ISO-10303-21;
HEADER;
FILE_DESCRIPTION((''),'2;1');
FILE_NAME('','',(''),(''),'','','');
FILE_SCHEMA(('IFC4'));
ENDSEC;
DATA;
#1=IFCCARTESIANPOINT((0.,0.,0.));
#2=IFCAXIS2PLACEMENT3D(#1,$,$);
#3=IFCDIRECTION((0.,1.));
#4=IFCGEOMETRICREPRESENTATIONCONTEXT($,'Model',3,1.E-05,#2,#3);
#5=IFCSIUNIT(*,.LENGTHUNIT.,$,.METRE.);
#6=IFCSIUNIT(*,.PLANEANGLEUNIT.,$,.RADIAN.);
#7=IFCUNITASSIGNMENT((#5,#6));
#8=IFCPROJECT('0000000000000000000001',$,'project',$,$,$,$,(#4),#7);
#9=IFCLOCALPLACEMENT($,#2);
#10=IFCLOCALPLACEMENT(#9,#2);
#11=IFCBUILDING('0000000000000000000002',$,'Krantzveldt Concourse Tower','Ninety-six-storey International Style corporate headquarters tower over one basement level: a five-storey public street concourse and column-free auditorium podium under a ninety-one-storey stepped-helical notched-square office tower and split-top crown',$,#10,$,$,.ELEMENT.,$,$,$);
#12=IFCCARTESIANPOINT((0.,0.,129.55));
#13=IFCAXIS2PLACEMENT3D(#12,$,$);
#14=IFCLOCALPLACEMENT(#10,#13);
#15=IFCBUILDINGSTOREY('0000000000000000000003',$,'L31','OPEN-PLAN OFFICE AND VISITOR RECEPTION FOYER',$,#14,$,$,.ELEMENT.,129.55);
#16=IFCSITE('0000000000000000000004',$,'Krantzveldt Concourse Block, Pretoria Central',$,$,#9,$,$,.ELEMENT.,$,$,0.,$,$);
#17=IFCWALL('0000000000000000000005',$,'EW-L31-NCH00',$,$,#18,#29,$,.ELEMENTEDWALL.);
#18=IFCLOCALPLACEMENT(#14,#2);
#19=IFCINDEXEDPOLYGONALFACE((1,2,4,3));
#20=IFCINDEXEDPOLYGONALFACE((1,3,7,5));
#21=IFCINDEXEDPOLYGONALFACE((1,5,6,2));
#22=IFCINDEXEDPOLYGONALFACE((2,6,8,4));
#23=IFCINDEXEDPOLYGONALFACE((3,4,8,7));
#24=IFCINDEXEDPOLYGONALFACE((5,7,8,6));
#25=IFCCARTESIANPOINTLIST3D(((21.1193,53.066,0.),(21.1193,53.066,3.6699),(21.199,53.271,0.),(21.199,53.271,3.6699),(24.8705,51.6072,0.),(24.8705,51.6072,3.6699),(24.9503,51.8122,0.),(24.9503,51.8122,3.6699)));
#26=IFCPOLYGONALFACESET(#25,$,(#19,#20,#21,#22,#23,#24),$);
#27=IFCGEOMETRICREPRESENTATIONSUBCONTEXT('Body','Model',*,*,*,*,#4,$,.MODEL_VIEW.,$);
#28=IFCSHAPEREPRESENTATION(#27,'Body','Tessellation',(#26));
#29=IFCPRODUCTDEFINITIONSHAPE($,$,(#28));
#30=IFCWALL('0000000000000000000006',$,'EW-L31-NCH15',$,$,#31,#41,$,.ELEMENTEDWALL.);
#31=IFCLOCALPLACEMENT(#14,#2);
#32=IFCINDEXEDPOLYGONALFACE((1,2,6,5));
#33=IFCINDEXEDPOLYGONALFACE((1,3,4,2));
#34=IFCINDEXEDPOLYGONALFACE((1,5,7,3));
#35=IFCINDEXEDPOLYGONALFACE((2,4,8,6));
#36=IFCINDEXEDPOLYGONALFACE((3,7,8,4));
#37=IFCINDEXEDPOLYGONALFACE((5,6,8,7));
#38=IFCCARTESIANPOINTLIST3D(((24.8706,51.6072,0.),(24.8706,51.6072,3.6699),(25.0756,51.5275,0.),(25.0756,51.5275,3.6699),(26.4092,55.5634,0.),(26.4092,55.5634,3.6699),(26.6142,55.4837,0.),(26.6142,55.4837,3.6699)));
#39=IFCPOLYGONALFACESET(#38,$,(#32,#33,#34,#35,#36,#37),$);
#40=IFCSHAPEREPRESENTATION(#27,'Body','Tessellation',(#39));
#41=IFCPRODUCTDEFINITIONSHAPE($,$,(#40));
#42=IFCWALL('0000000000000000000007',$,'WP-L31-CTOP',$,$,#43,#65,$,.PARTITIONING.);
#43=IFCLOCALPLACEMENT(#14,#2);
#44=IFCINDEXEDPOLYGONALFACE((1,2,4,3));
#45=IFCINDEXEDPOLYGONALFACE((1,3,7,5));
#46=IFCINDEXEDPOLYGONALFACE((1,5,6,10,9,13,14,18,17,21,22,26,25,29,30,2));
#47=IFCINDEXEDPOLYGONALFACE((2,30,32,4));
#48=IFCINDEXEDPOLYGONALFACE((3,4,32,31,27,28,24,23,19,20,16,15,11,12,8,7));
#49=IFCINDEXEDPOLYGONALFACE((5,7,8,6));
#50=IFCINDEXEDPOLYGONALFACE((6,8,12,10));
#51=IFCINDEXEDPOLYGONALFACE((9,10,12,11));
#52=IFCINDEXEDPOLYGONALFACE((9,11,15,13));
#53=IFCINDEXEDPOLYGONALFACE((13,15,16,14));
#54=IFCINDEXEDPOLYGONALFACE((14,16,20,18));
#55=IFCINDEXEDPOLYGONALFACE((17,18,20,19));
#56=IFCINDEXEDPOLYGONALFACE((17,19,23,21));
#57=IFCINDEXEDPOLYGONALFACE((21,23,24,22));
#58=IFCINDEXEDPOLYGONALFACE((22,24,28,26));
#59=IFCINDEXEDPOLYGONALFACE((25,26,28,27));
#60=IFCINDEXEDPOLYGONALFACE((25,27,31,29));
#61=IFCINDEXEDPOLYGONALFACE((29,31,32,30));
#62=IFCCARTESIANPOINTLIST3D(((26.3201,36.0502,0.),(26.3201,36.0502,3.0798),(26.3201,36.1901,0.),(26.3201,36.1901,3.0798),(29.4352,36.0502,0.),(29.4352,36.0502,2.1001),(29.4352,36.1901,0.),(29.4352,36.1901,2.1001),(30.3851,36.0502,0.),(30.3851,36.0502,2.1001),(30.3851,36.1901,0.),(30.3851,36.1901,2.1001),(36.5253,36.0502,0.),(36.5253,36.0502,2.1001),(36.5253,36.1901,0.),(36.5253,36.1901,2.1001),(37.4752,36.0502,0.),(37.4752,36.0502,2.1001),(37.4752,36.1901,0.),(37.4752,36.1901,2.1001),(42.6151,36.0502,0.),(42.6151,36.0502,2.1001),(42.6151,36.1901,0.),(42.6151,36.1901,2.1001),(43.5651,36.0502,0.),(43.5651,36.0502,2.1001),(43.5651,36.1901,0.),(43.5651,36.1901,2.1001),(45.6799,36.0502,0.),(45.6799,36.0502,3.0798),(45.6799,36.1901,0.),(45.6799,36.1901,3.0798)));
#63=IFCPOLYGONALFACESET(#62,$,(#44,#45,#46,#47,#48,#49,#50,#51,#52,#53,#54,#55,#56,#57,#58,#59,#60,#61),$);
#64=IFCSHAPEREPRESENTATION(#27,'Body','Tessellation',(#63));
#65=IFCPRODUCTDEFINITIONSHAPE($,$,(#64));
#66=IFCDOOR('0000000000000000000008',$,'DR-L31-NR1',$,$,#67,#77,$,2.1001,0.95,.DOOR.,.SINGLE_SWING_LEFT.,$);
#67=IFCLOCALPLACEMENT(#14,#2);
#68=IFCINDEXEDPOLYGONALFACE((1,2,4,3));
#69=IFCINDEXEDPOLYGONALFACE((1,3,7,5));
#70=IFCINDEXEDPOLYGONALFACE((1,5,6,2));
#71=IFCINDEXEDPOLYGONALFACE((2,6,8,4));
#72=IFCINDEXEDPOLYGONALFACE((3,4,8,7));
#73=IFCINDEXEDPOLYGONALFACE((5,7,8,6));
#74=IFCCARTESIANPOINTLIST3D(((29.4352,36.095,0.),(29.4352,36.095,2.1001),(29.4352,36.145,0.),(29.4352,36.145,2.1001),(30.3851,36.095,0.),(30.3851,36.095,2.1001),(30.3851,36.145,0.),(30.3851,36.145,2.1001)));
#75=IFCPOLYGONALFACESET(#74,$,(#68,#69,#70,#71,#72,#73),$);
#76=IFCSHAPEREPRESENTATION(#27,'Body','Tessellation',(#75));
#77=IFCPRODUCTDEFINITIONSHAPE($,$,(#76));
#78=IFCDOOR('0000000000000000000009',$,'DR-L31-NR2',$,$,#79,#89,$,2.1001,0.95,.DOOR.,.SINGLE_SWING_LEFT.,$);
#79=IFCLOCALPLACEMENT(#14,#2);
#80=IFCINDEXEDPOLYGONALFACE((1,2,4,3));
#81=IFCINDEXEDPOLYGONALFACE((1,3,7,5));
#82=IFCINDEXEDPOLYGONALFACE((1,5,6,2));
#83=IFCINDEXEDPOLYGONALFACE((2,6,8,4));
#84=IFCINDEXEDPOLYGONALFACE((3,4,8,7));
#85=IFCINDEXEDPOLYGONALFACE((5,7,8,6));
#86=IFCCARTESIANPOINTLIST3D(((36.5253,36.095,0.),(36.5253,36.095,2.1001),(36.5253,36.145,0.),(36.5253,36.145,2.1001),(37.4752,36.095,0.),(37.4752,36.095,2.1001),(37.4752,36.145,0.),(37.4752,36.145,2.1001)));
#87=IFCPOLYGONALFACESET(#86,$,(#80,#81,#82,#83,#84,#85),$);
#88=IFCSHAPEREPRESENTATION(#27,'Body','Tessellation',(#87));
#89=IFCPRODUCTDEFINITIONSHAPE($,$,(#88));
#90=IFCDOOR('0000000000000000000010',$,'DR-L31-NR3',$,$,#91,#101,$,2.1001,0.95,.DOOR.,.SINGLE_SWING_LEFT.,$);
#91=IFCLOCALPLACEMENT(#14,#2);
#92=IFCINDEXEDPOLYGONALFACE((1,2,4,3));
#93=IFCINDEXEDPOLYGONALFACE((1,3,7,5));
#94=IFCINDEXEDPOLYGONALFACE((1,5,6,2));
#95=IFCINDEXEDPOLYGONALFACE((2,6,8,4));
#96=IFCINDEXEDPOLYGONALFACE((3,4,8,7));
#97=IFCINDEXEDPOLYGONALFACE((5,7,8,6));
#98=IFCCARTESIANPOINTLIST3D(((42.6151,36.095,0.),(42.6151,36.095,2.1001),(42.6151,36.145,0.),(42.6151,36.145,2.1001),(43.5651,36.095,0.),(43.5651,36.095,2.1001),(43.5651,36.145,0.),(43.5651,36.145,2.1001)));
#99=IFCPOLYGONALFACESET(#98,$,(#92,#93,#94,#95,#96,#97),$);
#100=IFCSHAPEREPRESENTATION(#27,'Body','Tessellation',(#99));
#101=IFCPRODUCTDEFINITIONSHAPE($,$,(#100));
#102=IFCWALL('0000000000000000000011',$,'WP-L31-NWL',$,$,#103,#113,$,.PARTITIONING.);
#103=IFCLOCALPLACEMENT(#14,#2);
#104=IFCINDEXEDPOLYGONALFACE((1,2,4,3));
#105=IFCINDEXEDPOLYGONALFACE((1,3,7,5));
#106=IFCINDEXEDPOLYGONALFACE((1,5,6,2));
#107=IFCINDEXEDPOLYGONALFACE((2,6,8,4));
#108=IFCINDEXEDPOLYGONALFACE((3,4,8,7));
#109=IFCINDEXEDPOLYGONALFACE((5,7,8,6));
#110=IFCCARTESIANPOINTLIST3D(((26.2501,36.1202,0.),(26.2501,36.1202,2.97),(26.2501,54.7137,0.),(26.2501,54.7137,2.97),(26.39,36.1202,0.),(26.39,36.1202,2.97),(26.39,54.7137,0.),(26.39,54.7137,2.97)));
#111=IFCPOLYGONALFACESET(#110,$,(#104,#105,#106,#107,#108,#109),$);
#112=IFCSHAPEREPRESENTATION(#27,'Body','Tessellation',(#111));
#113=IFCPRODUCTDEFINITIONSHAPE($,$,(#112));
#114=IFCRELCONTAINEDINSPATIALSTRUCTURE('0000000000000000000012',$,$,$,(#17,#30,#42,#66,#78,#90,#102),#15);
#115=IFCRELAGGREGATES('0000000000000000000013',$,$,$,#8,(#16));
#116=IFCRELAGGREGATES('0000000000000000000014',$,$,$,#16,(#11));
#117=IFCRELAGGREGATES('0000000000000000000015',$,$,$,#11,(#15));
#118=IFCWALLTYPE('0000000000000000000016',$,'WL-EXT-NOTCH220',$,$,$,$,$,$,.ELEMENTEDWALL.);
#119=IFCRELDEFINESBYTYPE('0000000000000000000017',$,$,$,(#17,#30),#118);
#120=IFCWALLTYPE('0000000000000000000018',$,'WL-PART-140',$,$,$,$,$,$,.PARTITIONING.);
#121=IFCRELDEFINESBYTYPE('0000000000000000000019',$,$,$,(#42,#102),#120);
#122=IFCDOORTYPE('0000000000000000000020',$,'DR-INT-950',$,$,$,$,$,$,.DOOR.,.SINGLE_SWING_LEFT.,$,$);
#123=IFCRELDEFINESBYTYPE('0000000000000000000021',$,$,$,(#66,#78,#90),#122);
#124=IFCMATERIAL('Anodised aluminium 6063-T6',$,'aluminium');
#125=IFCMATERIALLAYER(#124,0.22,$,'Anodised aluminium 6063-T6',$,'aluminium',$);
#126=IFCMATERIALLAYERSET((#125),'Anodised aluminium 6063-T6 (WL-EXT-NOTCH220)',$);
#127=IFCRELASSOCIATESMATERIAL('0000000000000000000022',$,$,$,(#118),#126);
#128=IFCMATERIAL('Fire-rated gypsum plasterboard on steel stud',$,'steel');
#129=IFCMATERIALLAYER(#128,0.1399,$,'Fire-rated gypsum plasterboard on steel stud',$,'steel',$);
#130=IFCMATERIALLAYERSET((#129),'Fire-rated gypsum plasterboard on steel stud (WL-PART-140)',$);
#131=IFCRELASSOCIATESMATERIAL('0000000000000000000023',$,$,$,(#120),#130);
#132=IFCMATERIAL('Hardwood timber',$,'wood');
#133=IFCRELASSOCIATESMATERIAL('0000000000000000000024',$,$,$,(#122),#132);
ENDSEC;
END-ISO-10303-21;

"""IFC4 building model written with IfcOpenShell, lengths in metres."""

from ifc_helpers import new_model, si_unit, direction, frame, frame_2d, origin, place, context, subcontext, project, spatial, rectangle, extrude, material, layer, layer_set, type_object, element, fill, save


model = new_model("IFC4")

# Units and contexts
model_context = context("Model", 3, precision=1e-05, world=origin(), true_north=direction((0.0, 1.0)))
body_context = subcontext(model_context, "Body", "Model", "MODEL_VIEW")
ifc_project = project(units=[si_unit("LENGTHUNIT", "METRE"), si_unit("PLANEANGLEUNIT", "RADIAN")], contexts=[model_context])

# Site, building, storey
site_placement = place(None, origin())
site = spatial("IfcSite", under=ifc_project, at=site_placement, Name="Krantzveldt Concourse Block, Pretoria Central", CompositionType="ELEMENT", RefElevation=0.0)
building_placement = place(site_placement, origin())
building = spatial("IfcBuilding", under=site, at=building_placement, Name="Krantzveldt Concourse Tower", Description="Ninety-six-storey International Style corporate headquarters tower over one basement level: a five-storey public street concourse and column-free auditorium podium under a ninety-one-storey stepped-helical notched-square office tower and split-top crown", CompositionType="ELEMENT")
storey_placement = place(building_placement, frame((0.0, 0.0, 129.55)))
storey = spatial("IfcBuildingStorey", under=building, at=storey_placement, Name="L31", Description="OPEN-PLAN OFFICE AND VISITOR RECEPTION FOYER", CompositionType="ELEMENT", Elevation=129.55)

# Shared definitions
ifc_material_1 = material(Name="Anodised aluminium 6063-T6", Category="aluminium")

# Walls
ifc_layer_1 = layer(ifc_material_1, 0.22, Name="Anodised aluminium 6063-T6", Category="aluminium")
ifc_layer_set_1 = layer_set([ifc_layer_1], Name="Anodised aluminium 6063-T6 (WL-EXT-NOTCH220)")
wall_type_1 = type_object("IfcWallType", Name="WL-EXT-NOTCH220", PredefinedType="ELEMENTEDWALL", material=ifc_layer_set_1)
wall_1_placement = place(storey_placement, frame((24.9104, 51.7097, 0.0), z_axis=(0.0, 0.0, 1.0), x_axis=(-0.93201, 0.362432, 0.0)))
element("IfcWall", 1, at=wall_1_placement, inside=storey, type_object=wall_type_1, Name="EW-L31-NCH00", PredefinedType="ELEMENTEDWALL", context=body_context, shape_type="SweptSolid", body=[
    extrude(rectangle(XDim=4.0249, YDim=0.22, at=frame_2d((2.0125, 0.0))), origin(), (0.0, 0.0, 1.0), 3.6699),
])
wall_2_placement = place(storey_placement, frame((26.5117, 55.5237, 0.0), z_axis=(0.0, 0.0, 1.0), x_axis=(-0.362449, -0.932004, 0.0)))
element("IfcWall", 2, at=wall_2_placement, inside=storey, type_object=wall_type_1, Name="EW-L31-NCH15", PredefinedType="ELEMENTEDWALL", context=body_context, shape_type="SweptSolid", body=[
    extrude(rectangle(XDim=4.2449, YDim=0.22, at=frame_2d((2.1226, 0.0))), origin(), (0.0, 0.0, 1.0), 3.6699),
])

# Wall, openings, doors
ifc_material_2 = material(Name="Fire-rated gypsum plasterboard on steel stud", Category="steel")
ifc_layer_2 = layer(ifc_material_2, 0.1399, Name="Fire-rated gypsum plasterboard on steel stud", Category="steel")
ifc_layer_set_2 = layer_set([ifc_layer_2], Name="Fire-rated gypsum plasterboard on steel stud (WL-PART-140)")
wall_type_2 = type_object("IfcWallType", Name="WL-PART-140", PredefinedType="PARTITIONING", material=ifc_layer_set_2)
wall_3_placement = place(storey_placement, frame((26.3201, 36.1201, 0.0), z_axis=(0.0, 0.0, 1.0), x_axis=(1.0, 0.0, 0.0)))
wall_3 = element("IfcWall", 3, at=wall_3_placement, inside=storey, type_object=wall_type_2, Name="WP-L31-CTOP", PredefinedType="PARTITIONING", context=body_context, shape_type="SweptSolid", body=[
    extrude(rectangle(XDim=19.3599, YDim=0.1399, at=frame_2d((9.6799, 0.0))), origin(), (0.0, 0.0, 1.0), 3.0798),
])
opening_1_placement = place(wall_3_placement, frame((3.115, 0.0, 0.0)))
opening_1 = element("IfcOpeningElement", 4, at=opening_1_placement, cuts=wall_3, PredefinedType="OPENING", context=body_context, shape_type="SweptSolid", body=[
    extrude(rectangle(XDim=0.95, YDim=2.1001, at=frame_2d((0.4751, 1.05))), frame((0.0, 0.0801, 0.0), z_axis=(0.0, -1.0, 0.0), x_axis=(1.0, 0.0, 0.0)), (0.0, 0.0, 1.0), 0.1599),
])
opening_2_placement = place(wall_3_placement, frame((10.2051, 0.0, 0.0)))
opening_2 = element("IfcOpeningElement", 5, at=opening_2_placement, cuts=wall_3, PredefinedType="OPENING", context=body_context, shape_type="SweptSolid", body=[
    extrude(rectangle(XDim=0.95, YDim=2.1001, at=frame_2d((0.4751, 1.05))), frame((0.0, 0.0801, 0.0), z_axis=(0.0, -1.0, 0.0), x_axis=(1.0, 0.0, 0.0)), (0.0, 0.0, 1.0), 0.1599),
])
opening_3_placement = place(wall_3_placement, frame((16.2949, 0.0, 0.0)))
opening_3 = element("IfcOpeningElement", 6, at=opening_3_placement, cuts=wall_3, PredefinedType="OPENING", context=body_context, shape_type="SweptSolid", body=[
    extrude(rectangle(XDim=0.95, YDim=2.1001, at=frame_2d((0.4751, 1.05))), frame((0.0, 0.0801, 0.0), z_axis=(0.0, -1.0, 0.0), x_axis=(1.0, 0.0, 0.0)), (0.0, 0.0, 1.0), 0.1599),
])
ifc_material_3 = material(Name="Hardwood timber", Category="wood")
door_type = type_object("IfcDoorType", Name="DR-INT-950", OperationType="SINGLE_SWING_LEFT", PredefinedType="DOOR", material=ifc_material_3)
door_1_placement = place(opening_1_placement, origin())
door_1 = element("IfcDoor", 7, at=door_1_placement, inside=storey, type_object=door_type, Name="DR-L31-NR1", OperationType="SINGLE_SWING_LEFT", OverallHeight=2.1001, OverallWidth=0.95, PredefinedType="DOOR", context=body_context, shape_type="SweptSolid", body=[
    extrude(rectangle(XDim=0.95, YDim=2.1001, at=frame_2d((0.4751, 1.05))), frame((0.0, 0.0249, 0.0), z_axis=(0.0, -1.0, 0.0), x_axis=(1.0, 0.0, 0.0)), (0.0, 0.0, 1.0), 0.05),
])
fill(opening_1, door_1)
door_2_placement = place(opening_2_placement, origin())
door_2 = element("IfcDoor", 8, at=door_2_placement, inside=storey, type_object=door_type, Name="DR-L31-NR2", OperationType="SINGLE_SWING_LEFT", OverallHeight=2.1001, OverallWidth=0.95, PredefinedType="DOOR", context=body_context, shape_type="SweptSolid", body=[
    extrude(rectangle(XDim=0.95, YDim=2.1001, at=frame_2d((0.4751, 1.05))), frame((0.0, 0.0249, 0.0), z_axis=(0.0, -1.0, 0.0), x_axis=(1.0, 0.0, 0.0)), (0.0, 0.0, 1.0), 0.05),
])
fill(opening_2, door_2)
door_3_placement = place(opening_3_placement, origin())
door_3 = element("IfcDoor", 9, at=door_3_placement, inside=storey, type_object=door_type, Name="DR-L31-NR3", OperationType="SINGLE_SWING_LEFT", OverallHeight=2.1001, OverallWidth=0.95, PredefinedType="DOOR", context=body_context, shape_type="SweptSolid", body=[
    extrude(rectangle(XDim=0.95, YDim=2.1001, at=frame_2d((0.4751, 1.05))), frame((0.0, 0.0249, 0.0), z_axis=(0.0, -1.0, 0.0), x_axis=(1.0, 0.0, 0.0)), (0.0, 0.0, 1.0), 0.05),
])
fill(opening_3, door_3)

# Wall
wall_4_placement = place(storey_placement, frame((26.3201, 36.1201, 0.0), z_axis=(0.0, 0.0, 1.0), x_axis=(0.0, 1.0, 0.0)))
element("IfcWall", 10, at=wall_4_placement, inside=storey, type_object=wall_type_2, Name="WP-L31-NWL", PredefinedType="PARTITIONING", context=body_context, shape_type="SweptSolid", body=[
    extrude(rectangle(XDim=18.5935, YDim=0.1399, at=frame_2d((9.2969, 0.0))), origin(), (0.0, 0.0, 1.0), 2.97),
])

save(model, "model.ifc")
